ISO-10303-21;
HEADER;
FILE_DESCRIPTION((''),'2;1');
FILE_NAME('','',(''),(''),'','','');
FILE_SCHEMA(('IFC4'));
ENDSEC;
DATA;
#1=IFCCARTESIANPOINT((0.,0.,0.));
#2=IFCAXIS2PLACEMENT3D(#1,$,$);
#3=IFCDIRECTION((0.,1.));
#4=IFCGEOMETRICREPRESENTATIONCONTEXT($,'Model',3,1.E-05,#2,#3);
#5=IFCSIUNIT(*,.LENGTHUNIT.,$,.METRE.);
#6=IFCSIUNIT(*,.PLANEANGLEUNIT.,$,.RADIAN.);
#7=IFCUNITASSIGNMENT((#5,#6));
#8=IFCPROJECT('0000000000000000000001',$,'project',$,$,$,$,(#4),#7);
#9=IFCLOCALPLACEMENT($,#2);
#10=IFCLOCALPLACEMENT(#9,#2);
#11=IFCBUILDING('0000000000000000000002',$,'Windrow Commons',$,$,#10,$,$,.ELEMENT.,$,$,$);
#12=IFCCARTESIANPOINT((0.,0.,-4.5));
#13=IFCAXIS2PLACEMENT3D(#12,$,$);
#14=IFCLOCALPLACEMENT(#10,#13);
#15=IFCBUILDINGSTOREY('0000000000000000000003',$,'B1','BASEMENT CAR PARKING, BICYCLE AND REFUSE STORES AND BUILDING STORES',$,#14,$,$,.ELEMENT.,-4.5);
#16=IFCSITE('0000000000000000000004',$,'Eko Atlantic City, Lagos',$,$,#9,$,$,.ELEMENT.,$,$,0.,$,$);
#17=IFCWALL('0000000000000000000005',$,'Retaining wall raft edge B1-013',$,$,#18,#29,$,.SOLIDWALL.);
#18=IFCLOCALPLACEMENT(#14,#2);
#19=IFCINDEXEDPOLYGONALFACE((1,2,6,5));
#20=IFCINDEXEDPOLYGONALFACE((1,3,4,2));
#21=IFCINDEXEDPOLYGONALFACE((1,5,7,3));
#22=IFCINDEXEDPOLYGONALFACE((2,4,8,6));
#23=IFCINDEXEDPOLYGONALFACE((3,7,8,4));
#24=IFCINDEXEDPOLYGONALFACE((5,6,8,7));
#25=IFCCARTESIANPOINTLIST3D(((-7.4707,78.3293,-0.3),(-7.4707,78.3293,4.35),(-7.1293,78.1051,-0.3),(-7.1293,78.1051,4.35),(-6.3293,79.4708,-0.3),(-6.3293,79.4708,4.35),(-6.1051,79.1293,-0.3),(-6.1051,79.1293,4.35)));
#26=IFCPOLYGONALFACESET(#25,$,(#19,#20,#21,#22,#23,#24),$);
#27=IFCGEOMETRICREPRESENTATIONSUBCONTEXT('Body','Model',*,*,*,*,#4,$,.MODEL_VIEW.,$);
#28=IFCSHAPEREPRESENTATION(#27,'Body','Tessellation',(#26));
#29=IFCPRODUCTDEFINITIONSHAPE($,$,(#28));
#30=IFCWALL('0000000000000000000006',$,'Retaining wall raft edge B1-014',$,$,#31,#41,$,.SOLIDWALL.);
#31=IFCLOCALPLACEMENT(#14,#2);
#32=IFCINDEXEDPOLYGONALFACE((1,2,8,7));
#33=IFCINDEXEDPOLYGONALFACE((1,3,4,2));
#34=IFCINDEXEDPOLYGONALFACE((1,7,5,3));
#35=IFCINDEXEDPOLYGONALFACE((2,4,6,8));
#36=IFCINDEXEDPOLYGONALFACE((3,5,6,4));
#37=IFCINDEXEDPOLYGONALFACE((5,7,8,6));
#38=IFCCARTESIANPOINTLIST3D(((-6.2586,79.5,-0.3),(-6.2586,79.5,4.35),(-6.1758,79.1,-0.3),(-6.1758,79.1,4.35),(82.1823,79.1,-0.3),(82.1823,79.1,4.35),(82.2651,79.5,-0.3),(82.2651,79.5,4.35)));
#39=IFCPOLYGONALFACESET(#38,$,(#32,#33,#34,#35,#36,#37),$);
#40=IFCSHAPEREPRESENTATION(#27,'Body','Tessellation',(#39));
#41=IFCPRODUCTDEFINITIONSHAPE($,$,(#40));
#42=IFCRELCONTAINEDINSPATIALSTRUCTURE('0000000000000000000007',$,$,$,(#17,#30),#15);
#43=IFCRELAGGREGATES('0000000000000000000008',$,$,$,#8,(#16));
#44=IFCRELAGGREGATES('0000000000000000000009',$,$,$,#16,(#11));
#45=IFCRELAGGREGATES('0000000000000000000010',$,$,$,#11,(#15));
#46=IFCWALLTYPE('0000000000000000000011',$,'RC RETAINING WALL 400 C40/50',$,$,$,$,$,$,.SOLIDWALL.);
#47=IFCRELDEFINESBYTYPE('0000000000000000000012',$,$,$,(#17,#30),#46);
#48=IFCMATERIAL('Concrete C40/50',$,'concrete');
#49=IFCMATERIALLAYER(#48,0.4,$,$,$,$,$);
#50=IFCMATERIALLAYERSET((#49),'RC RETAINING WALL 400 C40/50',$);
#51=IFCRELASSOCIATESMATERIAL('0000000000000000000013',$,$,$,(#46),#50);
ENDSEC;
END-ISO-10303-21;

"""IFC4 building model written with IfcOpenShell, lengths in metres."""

from ifc_helpers import new_model, si_unit, direction, frame, origin, place, context, subcontext, project, spatial, polyline, outline, extrude, material, layer, layer_set, type_object, element, save


model = new_model("IFC4")

# Units and contexts
model_context = context("Model", 3, precision=1e-05, world=origin(), true_north=direction((0.0, 1.0)))
body_context = subcontext(model_context, "Body", "Model", "MODEL_VIEW")
ifc_project = project(units=[si_unit("LENGTHUNIT", "METRE"), si_unit("PLANEANGLEUNIT", "RADIAN")], contexts=[model_context])

# Site, building, storey
site_placement = place(None, origin())
site = spatial("IfcSite", under=ifc_project, at=site_placement, Name="Eko Atlantic City, Lagos", CompositionType="ELEMENT", RefElevation=0.0)
building_placement = place(site_placement, origin())
building = spatial("IfcBuilding", under=site, at=building_placement, Name="Windrow Commons", CompositionType="ELEMENT")
storey_placement = place(building_placement, frame((0.0, 0.0, -4.5)))
storey = spatial("IfcBuildingStorey", under=building, at=storey_placement, Name="B1", Description="BASEMENT CAR PARKING, BICYCLE AND REFUSE STORES AND BUILDING STORES", CompositionType="ELEMENT", Elevation=-4.5)

# Walls
ifc_material_1 = material(Name="Concrete C40/50", Category="concrete")
ifc_layer_1 = layer(ifc_material_1, 0.4)
ifc_layer_set_1 = layer_set([ifc_layer_1], Name="RC RETAINING WALL 400 C40/50")
wall_type_1 = type_object("IfcWallType", Name="RC RETAINING WALL 400 C40/50", PredefinedType="SOLIDWALL", material=ifc_layer_set_1)
wall_1_placement = place(storey_placement, frame((-7.3, 78.2172, -0.3), z_axis=(0.0, 0.0, 1.0), x_axis=(0.707107, 0.707107, 0.0)))
element("IfcWall", 1, at=wall_1_placement, inside=storey, type_object=wall_type_1, Name="Retaining wall raft edge B1-013", PredefinedType="SOLIDWALL", context=body_context, shape_type="SweptSolid", body=[
    extrude(outline(polyline([(0.0414, -0.2), (1.4899, -0.2), (1.5728, 0.2), (-0.0414, 0.2), (0.0414, -0.2)])), origin(), (0.0, 0.0, 1.0), 4.65),
])
wall_2_placement = place(storey_placement, frame((-6.2172, 79.3, -0.3), z_axis=(0.0, 0.0, 1.0), x_axis=(1.0, 0.0, 0.0)))
element("IfcWall", 2, at=wall_2_placement, inside=storey, type_object=wall_type_1, Name="Retaining wall raft edge B1-014", PredefinedType="SOLIDWALL", context=body_context, shape_type="SweptSolid", body=[
    extrude(outline(polyline([(0.0414, -0.2), (88.3995, -0.2), (88.4823, 0.2), (-0.0414, 0.2), (0.0414, -0.2)])), origin(), (0.0, 0.0, 1.0), 4.65),
])

save(model, "model.ifc")
